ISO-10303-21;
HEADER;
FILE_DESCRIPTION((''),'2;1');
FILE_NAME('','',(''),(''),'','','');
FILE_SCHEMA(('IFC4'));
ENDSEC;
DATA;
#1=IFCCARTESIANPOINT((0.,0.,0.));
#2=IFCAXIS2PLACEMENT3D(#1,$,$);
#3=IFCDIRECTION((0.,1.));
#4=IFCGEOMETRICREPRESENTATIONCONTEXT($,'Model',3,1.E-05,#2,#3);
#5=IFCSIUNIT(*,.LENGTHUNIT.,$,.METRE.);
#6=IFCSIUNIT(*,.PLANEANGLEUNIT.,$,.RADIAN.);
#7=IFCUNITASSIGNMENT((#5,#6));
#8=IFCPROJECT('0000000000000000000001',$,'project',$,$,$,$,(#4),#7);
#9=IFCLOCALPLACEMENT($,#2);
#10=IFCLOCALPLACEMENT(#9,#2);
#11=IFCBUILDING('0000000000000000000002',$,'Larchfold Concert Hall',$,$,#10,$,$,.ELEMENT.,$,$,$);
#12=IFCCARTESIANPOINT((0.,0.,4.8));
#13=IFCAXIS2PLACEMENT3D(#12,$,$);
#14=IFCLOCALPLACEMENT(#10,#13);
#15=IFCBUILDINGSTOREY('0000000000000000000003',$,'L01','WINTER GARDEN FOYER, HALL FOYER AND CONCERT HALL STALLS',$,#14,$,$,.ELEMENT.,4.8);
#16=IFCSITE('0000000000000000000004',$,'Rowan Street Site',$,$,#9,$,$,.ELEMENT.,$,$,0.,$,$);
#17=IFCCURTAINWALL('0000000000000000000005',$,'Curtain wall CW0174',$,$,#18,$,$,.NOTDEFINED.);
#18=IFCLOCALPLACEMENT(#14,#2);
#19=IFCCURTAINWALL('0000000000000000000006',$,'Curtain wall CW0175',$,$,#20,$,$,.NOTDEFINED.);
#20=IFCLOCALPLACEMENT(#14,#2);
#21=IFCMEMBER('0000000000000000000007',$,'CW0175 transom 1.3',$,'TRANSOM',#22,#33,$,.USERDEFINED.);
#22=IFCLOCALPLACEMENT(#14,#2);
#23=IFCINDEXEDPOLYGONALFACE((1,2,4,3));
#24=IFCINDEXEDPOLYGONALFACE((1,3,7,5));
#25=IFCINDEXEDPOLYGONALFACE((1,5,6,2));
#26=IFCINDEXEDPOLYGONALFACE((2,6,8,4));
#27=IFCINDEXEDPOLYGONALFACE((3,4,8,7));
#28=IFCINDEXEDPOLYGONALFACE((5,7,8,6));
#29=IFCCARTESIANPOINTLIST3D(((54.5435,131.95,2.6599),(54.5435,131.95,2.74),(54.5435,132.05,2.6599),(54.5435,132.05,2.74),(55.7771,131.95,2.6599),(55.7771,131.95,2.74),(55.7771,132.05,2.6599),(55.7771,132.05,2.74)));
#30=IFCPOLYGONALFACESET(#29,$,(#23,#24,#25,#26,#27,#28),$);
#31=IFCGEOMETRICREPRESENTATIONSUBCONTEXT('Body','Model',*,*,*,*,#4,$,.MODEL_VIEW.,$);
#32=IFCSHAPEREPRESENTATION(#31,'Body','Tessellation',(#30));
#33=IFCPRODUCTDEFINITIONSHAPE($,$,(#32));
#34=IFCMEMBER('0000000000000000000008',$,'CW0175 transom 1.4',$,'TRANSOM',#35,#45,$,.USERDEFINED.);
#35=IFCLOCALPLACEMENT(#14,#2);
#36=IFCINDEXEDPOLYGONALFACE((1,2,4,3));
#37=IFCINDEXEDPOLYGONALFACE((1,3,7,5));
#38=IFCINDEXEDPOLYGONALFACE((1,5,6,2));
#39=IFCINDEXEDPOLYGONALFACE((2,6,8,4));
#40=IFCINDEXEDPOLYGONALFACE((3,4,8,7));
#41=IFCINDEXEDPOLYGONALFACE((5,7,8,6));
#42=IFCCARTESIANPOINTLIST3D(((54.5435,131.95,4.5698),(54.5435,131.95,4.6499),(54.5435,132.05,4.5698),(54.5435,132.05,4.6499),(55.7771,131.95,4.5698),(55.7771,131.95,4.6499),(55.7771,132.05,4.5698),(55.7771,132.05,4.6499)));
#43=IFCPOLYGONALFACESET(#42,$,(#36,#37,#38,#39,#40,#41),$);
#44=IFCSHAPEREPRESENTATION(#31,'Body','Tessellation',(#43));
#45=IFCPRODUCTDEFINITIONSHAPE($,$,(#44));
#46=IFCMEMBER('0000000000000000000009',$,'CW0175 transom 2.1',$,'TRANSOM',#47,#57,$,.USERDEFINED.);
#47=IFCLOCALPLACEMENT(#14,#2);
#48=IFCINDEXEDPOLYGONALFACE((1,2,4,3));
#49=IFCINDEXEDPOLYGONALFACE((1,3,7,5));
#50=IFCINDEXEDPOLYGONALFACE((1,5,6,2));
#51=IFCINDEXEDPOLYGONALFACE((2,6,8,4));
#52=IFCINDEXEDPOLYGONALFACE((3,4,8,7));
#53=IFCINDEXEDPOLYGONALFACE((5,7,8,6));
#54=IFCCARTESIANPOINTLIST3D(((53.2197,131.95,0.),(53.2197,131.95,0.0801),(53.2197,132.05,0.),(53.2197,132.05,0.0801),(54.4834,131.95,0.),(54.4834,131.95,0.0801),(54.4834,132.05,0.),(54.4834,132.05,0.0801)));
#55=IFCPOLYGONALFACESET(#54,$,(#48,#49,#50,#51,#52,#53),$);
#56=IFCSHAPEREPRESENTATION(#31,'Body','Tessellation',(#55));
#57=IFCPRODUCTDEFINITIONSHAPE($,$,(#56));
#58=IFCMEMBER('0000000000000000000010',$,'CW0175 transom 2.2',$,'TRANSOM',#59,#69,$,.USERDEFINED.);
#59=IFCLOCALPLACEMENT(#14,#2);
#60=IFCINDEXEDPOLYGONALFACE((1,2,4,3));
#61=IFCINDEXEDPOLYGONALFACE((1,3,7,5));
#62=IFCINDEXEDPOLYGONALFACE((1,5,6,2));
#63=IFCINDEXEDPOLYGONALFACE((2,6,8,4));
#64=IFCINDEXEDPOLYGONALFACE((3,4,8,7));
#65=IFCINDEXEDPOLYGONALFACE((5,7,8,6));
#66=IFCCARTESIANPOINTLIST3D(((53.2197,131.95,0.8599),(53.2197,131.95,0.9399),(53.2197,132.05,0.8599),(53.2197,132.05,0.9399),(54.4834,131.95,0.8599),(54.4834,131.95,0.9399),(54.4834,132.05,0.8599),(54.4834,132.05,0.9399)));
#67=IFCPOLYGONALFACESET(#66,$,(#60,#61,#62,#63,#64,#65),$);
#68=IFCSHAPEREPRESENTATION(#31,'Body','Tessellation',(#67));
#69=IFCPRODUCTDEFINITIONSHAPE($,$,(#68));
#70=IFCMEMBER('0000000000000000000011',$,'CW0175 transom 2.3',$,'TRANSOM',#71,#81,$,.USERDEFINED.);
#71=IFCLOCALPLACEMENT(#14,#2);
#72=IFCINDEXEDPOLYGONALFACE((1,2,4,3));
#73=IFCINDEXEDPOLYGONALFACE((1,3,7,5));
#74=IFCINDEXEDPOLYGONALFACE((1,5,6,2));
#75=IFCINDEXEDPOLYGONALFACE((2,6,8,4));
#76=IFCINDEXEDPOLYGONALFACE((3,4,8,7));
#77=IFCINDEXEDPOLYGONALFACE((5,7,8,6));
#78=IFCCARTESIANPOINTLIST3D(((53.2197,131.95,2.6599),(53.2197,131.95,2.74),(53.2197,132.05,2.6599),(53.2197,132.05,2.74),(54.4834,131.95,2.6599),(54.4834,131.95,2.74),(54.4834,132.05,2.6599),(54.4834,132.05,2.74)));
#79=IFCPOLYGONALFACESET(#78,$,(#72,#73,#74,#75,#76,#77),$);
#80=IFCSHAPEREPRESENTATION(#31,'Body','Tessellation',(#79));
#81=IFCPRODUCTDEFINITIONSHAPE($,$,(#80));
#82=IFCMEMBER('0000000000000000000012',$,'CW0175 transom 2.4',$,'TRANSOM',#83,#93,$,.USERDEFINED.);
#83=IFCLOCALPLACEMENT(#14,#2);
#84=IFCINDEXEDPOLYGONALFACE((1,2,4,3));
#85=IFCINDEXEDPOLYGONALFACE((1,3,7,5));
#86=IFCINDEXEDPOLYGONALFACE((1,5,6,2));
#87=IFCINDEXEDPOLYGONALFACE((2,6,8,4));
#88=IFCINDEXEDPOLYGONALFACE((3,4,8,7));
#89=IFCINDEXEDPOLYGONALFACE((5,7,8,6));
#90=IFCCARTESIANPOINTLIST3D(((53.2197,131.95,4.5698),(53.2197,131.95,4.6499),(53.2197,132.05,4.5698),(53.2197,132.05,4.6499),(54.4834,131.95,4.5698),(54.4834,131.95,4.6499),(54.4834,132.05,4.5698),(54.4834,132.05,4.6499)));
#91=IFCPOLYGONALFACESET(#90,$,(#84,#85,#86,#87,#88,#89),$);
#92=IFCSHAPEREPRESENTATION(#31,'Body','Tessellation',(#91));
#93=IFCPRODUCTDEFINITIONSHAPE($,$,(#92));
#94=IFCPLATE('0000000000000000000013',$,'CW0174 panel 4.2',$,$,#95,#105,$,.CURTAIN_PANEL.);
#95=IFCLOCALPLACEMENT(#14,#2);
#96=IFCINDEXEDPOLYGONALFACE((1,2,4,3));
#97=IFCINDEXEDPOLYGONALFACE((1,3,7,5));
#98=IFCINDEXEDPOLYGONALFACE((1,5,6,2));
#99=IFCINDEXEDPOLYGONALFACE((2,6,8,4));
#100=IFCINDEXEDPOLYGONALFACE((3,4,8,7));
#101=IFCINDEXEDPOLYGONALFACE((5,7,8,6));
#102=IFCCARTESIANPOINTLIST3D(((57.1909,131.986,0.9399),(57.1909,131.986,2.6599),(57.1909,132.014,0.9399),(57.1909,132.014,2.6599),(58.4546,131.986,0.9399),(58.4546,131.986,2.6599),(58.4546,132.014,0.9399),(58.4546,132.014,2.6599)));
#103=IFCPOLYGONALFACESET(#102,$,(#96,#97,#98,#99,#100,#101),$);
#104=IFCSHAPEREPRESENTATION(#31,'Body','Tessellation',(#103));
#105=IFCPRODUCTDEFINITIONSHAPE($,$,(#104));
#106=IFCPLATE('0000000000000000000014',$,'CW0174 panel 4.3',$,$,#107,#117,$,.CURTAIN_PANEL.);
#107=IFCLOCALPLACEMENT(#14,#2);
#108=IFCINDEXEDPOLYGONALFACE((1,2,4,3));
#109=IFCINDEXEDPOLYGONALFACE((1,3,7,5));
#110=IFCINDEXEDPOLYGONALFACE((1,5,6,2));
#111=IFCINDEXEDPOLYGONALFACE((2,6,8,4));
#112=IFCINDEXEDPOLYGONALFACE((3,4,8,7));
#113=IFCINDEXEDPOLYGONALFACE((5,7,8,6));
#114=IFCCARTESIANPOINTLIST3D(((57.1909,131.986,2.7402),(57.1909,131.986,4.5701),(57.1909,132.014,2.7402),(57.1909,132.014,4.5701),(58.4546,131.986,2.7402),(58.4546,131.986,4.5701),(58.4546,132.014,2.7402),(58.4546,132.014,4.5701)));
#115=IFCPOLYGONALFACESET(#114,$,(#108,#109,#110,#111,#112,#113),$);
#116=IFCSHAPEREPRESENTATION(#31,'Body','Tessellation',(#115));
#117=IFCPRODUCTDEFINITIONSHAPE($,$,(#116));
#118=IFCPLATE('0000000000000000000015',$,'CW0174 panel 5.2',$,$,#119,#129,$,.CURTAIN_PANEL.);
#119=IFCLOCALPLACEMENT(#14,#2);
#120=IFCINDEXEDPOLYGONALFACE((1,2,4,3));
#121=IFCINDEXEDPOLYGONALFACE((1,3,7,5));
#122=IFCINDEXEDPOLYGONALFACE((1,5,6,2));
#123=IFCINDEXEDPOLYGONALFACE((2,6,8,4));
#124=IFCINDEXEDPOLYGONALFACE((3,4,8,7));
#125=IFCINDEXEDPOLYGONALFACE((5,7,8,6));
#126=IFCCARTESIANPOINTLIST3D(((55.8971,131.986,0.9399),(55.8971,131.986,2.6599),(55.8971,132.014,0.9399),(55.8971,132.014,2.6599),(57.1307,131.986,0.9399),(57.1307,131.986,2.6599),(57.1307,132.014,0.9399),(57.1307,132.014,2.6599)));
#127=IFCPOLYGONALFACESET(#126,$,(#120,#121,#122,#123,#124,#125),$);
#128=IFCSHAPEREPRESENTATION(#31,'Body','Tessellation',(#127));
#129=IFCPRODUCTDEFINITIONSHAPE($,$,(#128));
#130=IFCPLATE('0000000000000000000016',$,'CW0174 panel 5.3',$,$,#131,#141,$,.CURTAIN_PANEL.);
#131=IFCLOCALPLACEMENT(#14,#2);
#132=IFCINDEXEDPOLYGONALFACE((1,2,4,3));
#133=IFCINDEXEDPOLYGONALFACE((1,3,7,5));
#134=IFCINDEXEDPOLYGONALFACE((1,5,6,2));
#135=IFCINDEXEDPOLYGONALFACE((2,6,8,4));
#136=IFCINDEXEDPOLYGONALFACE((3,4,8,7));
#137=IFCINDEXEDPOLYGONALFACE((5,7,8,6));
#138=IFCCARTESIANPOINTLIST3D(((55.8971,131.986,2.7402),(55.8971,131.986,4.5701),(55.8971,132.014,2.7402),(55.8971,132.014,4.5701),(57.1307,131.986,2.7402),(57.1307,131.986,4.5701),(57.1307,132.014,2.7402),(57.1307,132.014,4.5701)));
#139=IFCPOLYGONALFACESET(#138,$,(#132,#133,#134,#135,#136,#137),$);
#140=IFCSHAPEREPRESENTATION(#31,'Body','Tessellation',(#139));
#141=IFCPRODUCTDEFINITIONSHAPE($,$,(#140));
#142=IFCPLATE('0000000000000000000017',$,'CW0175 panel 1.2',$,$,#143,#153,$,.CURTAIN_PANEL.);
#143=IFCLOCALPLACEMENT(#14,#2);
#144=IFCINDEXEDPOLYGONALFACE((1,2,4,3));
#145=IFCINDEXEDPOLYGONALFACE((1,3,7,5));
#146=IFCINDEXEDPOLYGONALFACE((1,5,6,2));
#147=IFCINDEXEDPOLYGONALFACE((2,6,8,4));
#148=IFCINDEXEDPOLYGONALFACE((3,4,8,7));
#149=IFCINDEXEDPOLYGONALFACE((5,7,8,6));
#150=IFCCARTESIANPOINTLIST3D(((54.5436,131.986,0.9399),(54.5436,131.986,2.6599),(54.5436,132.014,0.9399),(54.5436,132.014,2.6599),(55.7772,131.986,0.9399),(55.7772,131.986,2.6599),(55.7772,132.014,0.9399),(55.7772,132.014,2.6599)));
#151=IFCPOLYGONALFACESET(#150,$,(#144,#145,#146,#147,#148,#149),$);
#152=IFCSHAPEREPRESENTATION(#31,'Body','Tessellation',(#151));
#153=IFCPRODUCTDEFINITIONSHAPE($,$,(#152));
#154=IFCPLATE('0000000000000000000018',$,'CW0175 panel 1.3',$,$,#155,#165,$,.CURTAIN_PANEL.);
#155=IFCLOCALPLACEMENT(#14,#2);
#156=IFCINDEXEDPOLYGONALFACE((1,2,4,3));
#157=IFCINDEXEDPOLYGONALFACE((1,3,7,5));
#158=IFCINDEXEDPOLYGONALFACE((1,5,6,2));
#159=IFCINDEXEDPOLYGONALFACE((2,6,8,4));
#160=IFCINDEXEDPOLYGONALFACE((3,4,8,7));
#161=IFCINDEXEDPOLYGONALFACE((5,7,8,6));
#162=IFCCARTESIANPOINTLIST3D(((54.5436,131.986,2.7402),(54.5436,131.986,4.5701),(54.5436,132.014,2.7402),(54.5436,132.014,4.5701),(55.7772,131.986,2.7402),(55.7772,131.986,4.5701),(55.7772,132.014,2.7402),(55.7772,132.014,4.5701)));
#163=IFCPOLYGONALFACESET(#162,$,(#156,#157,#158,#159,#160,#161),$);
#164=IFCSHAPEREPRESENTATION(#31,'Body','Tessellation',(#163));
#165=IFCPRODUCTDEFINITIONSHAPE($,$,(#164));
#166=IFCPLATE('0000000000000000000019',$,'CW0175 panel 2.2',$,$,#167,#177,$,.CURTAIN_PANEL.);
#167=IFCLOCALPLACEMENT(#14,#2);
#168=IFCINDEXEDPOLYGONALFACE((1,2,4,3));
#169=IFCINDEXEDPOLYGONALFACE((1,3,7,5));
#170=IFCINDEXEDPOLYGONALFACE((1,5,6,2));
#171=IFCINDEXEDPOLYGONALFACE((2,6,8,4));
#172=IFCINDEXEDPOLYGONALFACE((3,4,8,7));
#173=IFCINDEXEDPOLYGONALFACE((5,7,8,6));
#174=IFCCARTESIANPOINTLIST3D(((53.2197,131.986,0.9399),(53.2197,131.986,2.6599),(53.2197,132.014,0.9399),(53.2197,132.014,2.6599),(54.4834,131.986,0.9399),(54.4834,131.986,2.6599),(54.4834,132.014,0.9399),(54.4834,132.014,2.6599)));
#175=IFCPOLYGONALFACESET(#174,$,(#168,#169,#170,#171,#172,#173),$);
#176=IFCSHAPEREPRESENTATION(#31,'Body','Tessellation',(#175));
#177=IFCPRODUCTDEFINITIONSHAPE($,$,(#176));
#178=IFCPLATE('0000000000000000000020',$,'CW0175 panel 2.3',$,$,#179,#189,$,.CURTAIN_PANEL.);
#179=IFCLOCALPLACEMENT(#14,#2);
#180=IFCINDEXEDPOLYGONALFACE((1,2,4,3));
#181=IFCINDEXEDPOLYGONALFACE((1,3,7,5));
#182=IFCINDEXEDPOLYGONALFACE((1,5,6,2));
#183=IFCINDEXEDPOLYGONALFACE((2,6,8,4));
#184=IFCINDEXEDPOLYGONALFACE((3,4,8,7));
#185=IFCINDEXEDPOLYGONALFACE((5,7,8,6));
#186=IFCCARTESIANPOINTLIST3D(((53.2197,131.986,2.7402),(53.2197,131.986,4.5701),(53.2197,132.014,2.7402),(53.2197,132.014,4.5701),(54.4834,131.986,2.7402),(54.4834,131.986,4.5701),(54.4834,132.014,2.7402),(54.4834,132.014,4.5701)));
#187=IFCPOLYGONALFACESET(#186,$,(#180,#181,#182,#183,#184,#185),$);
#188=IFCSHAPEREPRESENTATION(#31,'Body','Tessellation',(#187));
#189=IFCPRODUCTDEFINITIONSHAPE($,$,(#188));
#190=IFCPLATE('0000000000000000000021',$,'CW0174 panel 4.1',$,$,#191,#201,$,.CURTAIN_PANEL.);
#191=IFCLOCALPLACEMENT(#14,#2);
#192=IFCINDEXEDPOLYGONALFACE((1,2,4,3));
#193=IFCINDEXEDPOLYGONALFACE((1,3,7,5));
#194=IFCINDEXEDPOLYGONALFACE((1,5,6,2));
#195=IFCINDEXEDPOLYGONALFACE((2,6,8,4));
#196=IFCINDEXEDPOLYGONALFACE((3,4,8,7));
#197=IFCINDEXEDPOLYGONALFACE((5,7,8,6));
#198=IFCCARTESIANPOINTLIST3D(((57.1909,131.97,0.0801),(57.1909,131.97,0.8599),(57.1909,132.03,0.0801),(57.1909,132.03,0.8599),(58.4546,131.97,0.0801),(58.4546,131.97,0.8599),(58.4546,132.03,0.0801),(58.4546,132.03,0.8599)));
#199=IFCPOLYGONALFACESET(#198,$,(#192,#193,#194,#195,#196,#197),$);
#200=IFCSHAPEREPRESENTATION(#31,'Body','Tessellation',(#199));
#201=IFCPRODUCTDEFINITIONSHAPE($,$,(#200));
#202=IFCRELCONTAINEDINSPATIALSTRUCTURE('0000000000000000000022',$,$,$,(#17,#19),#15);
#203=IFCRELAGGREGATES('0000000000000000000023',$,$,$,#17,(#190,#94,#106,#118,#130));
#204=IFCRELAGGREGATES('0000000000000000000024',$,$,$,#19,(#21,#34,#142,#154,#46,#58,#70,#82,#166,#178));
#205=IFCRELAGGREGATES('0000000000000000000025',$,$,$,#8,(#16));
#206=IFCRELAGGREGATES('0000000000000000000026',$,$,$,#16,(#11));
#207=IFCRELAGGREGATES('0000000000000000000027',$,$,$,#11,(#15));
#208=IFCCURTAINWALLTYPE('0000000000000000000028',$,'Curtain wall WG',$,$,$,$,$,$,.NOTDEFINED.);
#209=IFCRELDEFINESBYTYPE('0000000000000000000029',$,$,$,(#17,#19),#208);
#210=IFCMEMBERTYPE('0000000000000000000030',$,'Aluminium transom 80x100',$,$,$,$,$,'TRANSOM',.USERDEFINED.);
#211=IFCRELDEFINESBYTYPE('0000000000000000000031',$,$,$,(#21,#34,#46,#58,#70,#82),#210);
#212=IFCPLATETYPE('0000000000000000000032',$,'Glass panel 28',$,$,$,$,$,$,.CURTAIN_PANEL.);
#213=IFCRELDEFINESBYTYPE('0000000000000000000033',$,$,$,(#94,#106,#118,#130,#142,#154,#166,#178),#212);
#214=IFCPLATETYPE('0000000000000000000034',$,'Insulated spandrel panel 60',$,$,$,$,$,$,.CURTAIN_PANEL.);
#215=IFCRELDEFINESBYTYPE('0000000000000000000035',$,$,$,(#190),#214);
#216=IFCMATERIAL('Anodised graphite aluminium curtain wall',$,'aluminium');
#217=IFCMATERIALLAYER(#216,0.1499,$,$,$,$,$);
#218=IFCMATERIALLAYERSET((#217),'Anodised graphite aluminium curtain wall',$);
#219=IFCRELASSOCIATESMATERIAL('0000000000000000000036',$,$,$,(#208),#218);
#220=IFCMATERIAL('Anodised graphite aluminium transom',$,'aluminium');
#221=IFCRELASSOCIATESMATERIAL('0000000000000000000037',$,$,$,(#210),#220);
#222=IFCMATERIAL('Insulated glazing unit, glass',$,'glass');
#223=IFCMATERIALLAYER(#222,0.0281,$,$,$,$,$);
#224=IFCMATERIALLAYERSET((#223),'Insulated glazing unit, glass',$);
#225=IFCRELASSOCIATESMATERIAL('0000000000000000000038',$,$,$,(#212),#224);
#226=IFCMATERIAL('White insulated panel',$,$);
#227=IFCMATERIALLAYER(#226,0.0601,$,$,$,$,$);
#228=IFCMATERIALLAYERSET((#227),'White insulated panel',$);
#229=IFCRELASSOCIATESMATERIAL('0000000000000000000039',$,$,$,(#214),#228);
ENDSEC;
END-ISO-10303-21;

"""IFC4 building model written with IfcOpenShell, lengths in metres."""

from ifc_helpers import new_model, si_unit, direction, frame, origin, origin_2d, place, context, subcontext, project, spatial, rectangle, extrude, material, layer, layer_set, material_profile, profile_set, type_object, element, aggregate, save


model = new_model("IFC4")

# Units and contexts
model_context = context("Model", 3, precision=1e-05, world=origin(), true_north=direction((0.0, 1.0)))
body_context = subcontext(model_context, "Body", "Model", "MODEL_VIEW")
ifc_project = project(units=[si_unit("LENGTHUNIT", "METRE"), si_unit("PLANEANGLEUNIT", "RADIAN")], contexts=[model_context])

# Site, building, storey
site_placement = place(None, origin())
site = spatial("IfcSite", under=ifc_project, at=site_placement, Name="Rowan Street Site", CompositionType="ELEMENT", RefElevation=0.0)
building_placement = place(site_placement, origin())
building = spatial("IfcBuilding", under=site, at=building_placement, Name="Larchfold Concert Hall", CompositionType="ELEMENT")
storey_placement = place(building_placement, frame((0.0, 0.0, 4.8)))
storey = spatial("IfcBuildingStorey", under=building, at=storey_placement, Name="L01", Description="WINTER GARDEN FOYER, HALL FOYER AND CONCERT HALL STALLS", CompositionType="ELEMENT", Elevation=4.8)

# Curtain walls
ifc_material_1 = material(Name="Anodised graphite aluminium curtain wall", Category="aluminium")
ifc_layer_1 = layer(ifc_material_1, 0.1499)
ifc_layer_set_1 = layer_set([ifc_layer_1], Name="Anodised graphite aluminium curtain wall")
curtain_wall_type = type_object("IfcCurtainWallType", Name="Curtain wall WG", PredefinedType="NOTDEFINED", material=ifc_layer_set_1)
curtain_wall_1_placement = place(storey_placement, origin())
curtain_wall_1 = element("IfcCurtainWall", 1, at=curtain_wall_1_placement, inside=storey, type_object=curtain_wall_type, Name="Curtain wall CW0174", PredefinedType="NOTDEFINED")
curtain_wall_2_placement = place(storey_placement, origin())
curtain_wall_2 = element("IfcCurtainWall", 2, at=curtain_wall_2_placement, inside=storey, type_object=curtain_wall_type, Name="Curtain wall CW0175", PredefinedType="NOTDEFINED")

# Members
ifc_material_2 = material(Name="Anodised graphite aluminium transom", Category="aluminium")
ifc_material_profile_1 = material_profile(ifc_material_2, rectangle(XDim=0.1001, YDim=0.0801, at=origin_2d()))
ifc_profile_set_1 = profile_set([ifc_material_profile_1], Name="Anodised graphite aluminium transom")
member_type_1 = type_object("IfcMemberType", Name="Aluminium transom 80x100", ElementType="TRANSOM", PredefinedType="USERDEFINED", material=ifc_profile_set_1)
member_1_placement = place(storey_placement, frame((55.7771, 132.0, 2.7), z_axis=(-1.0, 0.0, 0.0), x_axis=(0.0, -1.0, 0.0)))
member_1 = element("IfcMember", 3, at=member_1_placement, type_object=member_type_1, Name="CW0175 transom 1.3", ObjectType="TRANSOM", PredefinedType="USERDEFINED", context=body_context, shape_type="SweptSolid", body=[
    extrude(rectangle(XDim=0.1001, YDim=0.0801, at=origin_2d()), origin(), (0.0, 0.0, 1.0), 1.2336),
])
member_2_placement = place(storey_placement, frame((55.7771, 132.0, 4.6099), z_axis=(-1.0, 0.0, 0.0), x_axis=(0.0, -1.0, 0.0)))
member_2 = element("IfcMember", 4, at=member_2_placement, type_object=member_type_1, Name="CW0175 transom 1.4", ObjectType="TRANSOM", PredefinedType="USERDEFINED", context=body_context, shape_type="SweptSolid", body=[
    extrude(rectangle(XDim=0.1001, YDim=0.0801, at=origin_2d()), origin(), (0.0, 0.0, 1.0), 1.2336),
])
member_3_placement = place(storey_placement, frame((54.4834, 132.0, 0.04), z_axis=(-1.0, 0.0, 0.0), x_axis=(0.0, -1.0, 0.0)))
member_3 = element("IfcMember", 5, at=member_3_placement, type_object=member_type_1, Name="CW0175 transom 2.1", ObjectType="TRANSOM", PredefinedType="USERDEFINED", context=body_context, shape_type="SweptSolid", body=[
    extrude(rectangle(XDim=0.1001, YDim=0.0801, at=origin_2d()), origin(), (0.0, 0.0, 1.0), 1.2637),
])
member_4_placement = place(storey_placement, frame((54.4834, 132.0, 0.8999), z_axis=(-1.0, 0.0, 0.0), x_axis=(0.0, -1.0, 0.0)))
member_4 = element("IfcMember", 6, at=member_4_placement, type_object=member_type_1, Name="CW0175 transom 2.2", ObjectType="TRANSOM", PredefinedType="USERDEFINED", context=body_context, shape_type="SweptSolid", body=[
    extrude(rectangle(XDim=0.1001, YDim=0.0801, at=origin_2d()), origin(), (0.0, 0.0, 1.0), 1.2637),
])
member_5_placement = place(storey_placement, frame((54.4834, 132.0, 2.7), z_axis=(-1.0, 0.0, 0.0), x_axis=(0.0, -1.0, 0.0)))
member_5 = element("IfcMember", 7, at=member_5_placement, type_object=member_type_1, Name="CW0175 transom 2.3", ObjectType="TRANSOM", PredefinedType="USERDEFINED", context=body_context, shape_type="SweptSolid", body=[
    extrude(rectangle(XDim=0.1001, YDim=0.0801, at=origin_2d()), origin(), (0.0, 0.0, 1.0), 1.2637),
])
member_6_placement = place(storey_placement, frame((54.4834, 132.0, 4.6099), z_axis=(-1.0, 0.0, 0.0), x_axis=(0.0, -1.0, 0.0)))
member_6 = element("IfcMember", 8, at=member_6_placement, type_object=member_type_1, Name="CW0175 transom 2.4", ObjectType="TRANSOM", PredefinedType="USERDEFINED", context=body_context, shape_type="SweptSolid", body=[
    extrude(rectangle(XDim=0.1001, YDim=0.0801, at=origin_2d()), origin(), (0.0, 0.0, 1.0), 1.2637),
])

# Plates
ifc_material_3 = material(Name="Insulated glazing unit, glass", Category="glass")
ifc_layer_2 = layer(ifc_material_3, 0.0281)
ifc_layer_set_2 = layer_set([ifc_layer_2], Name="Insulated glazing unit, glass")
plate_type_1 = type_object("IfcPlateType", Name="Glass panel 28", PredefinedType="CURTAIN_PANEL", material=ifc_layer_set_2)
plate_1_placement = place(storey_placement, frame((57.8228, 132.0, 0.9399), z_axis=(0.0, 0.0, 1.0), x_axis=(-1.0, 0.0, 0.0)))
plate_1 = element("IfcPlate", 9, at=plate_1_placement, type_object=plate_type_1, Name="CW0174 panel 4.2", PredefinedType="CURTAIN_PANEL", context=body_context, shape_type="SweptSolid", body=[
    extrude(rectangle(XDim=1.2637, YDim=0.0281, at=origin_2d()), origin(), (0.0, 0.0, 1.0), 1.72),
])
plate_2_placement = place(storey_placement, frame((57.8228, 132.0, 2.7402), z_axis=(0.0, 0.0, 1.0), x_axis=(-1.0, 0.0, 0.0)))
plate_2 = element("IfcPlate", 10, at=plate_2_placement, type_object=plate_type_1, Name="CW0174 panel 4.3", PredefinedType="CURTAIN_PANEL", context=body_context, shape_type="SweptSolid", body=[
    extrude(rectangle(XDim=1.2637, YDim=0.0281, at=origin_2d()), origin(), (0.0, 0.0, 1.0), 1.8298),
])
plate_3_placement = place(storey_placement, frame((56.5139, 132.0, 0.9399), z_axis=(0.0, 0.0, 1.0), x_axis=(-1.0, 0.0, 0.0)))
plate_3 = element("IfcPlate", 11, at=plate_3_placement, type_object=plate_type_1, Name="CW0174 panel 5.2", PredefinedType="CURTAIN_PANEL", context=body_context, shape_type="SweptSolid", body=[
    extrude(rectangle(XDim=1.2336, YDim=0.0281, at=origin_2d()), origin(), (0.0, 0.0, 1.0), 1.72),
])
plate_4_placement = place(storey_placement, frame((56.5139, 132.0, 2.7402), z_axis=(0.0, 0.0, 1.0), x_axis=(-1.0, 0.0, 0.0)))
plate_4 = element("IfcPlate", 12, at=plate_4_placement, type_object=plate_type_1, Name="CW0174 panel 5.3", PredefinedType="CURTAIN_PANEL", context=body_context, shape_type="SweptSolid", body=[
    extrude(rectangle(XDim=1.2336, YDim=0.0281, at=origin_2d()), origin(), (0.0, 0.0, 1.0), 1.8298),
])
plate_5_placement = place(storey_placement, frame((55.1604, 132.0, 0.9399), z_axis=(0.0, 0.0, 1.0), x_axis=(-1.0, 0.0, 0.0)))
plate_5 = element("IfcPlate", 13, at=plate_5_placement, type_object=plate_type_1, Name="CW0175 panel 1.2", PredefinedType="CURTAIN_PANEL", context=body_context, shape_type="SweptSolid", body=[
    extrude(rectangle(XDim=1.2336, YDim=0.0281, at=origin_2d()), origin(), (0.0, 0.0, 1.0), 1.72),
])
plate_6_placement = place(storey_placement, frame((55.1604, 132.0, 2.7402), z_axis=(0.0, 0.0, 1.0), x_axis=(-1.0, 0.0, 0.0)))
plate_6 = element("IfcPlate", 14, at=plate_6_placement, type_object=plate_type_1, Name="CW0175 panel 1.3", PredefinedType="CURTAIN_PANEL", context=body_context, shape_type="SweptSolid", body=[
    extrude(rectangle(XDim=1.2336, YDim=0.0281, at=origin_2d()), origin(), (0.0, 0.0, 1.0), 1.8298),
])
plate_7_placement = place(storey_placement, frame((53.8516, 132.0, 0.9399), z_axis=(0.0, 0.0, 1.0), x_axis=(-1.0, 0.0, 0.0)))
plate_7 = element("IfcPlate", 15, at=plate_7_placement, type_object=plate_type_1, Name="CW0175 panel 2.2", PredefinedType="CURTAIN_PANEL", context=body_context, shape_type="SweptSolid", body=[
    extrude(rectangle(XDim=1.2637, YDim=0.0281, at=origin_2d()), origin(), (0.0, 0.0, 1.0), 1.72),
])
plate_8_placement = place(storey_placement, frame((53.8516, 132.0, 2.7402), z_axis=(0.0, 0.0, 1.0), x_axis=(-1.0, 0.0, 0.0)))
plate_8 = element("IfcPlate", 16, at=plate_8_placement, type_object=plate_type_1, Name="CW0175 panel 2.3", PredefinedType="CURTAIN_PANEL", context=body_context, shape_type="SweptSolid", body=[
    extrude(rectangle(XDim=1.2637, YDim=0.0281, at=origin_2d()), origin(), (0.0, 0.0, 1.0), 1.8298),
])
ifc_material_4 = material(Name="White insulated panel")
ifc_layer_3 = layer(ifc_material_4, 0.0601)
ifc_layer_set_3 = layer_set([ifc_layer_3], Name="White insulated panel")
plate_type_2 = type_object("IfcPlateType", Name="Insulated spandrel panel 60", PredefinedType="CURTAIN_PANEL", material=ifc_layer_set_3)
plate_9_placement = place(storey_placement, frame((57.8228, 132.0, 0.0801), z_axis=(0.0, 0.0, 1.0), x_axis=(-1.0, 0.0, 0.0)))
plate_9 = element("IfcPlate", 17, at=plate_9_placement, type_object=plate_type_2, Name="CW0174 panel 4.1", PredefinedType="CURTAIN_PANEL", context=body_context, shape_type="SweptSolid", body=[
    extrude(rectangle(XDim=1.2637, YDim=0.0601, at=origin_2d()), origin(), (0.0, 0.0, 1.0), 0.7798),
])
aggregate(curtain_wall_1, [plate_9, plate_1, plate_2, plate_3, plate_4])
aggregate(curtain_wall_2, [member_1, member_2, plate_5, plate_6, member_3, member_4, member_5, member_6, plate_7, plate_8])

save(model, "model.ifc")
